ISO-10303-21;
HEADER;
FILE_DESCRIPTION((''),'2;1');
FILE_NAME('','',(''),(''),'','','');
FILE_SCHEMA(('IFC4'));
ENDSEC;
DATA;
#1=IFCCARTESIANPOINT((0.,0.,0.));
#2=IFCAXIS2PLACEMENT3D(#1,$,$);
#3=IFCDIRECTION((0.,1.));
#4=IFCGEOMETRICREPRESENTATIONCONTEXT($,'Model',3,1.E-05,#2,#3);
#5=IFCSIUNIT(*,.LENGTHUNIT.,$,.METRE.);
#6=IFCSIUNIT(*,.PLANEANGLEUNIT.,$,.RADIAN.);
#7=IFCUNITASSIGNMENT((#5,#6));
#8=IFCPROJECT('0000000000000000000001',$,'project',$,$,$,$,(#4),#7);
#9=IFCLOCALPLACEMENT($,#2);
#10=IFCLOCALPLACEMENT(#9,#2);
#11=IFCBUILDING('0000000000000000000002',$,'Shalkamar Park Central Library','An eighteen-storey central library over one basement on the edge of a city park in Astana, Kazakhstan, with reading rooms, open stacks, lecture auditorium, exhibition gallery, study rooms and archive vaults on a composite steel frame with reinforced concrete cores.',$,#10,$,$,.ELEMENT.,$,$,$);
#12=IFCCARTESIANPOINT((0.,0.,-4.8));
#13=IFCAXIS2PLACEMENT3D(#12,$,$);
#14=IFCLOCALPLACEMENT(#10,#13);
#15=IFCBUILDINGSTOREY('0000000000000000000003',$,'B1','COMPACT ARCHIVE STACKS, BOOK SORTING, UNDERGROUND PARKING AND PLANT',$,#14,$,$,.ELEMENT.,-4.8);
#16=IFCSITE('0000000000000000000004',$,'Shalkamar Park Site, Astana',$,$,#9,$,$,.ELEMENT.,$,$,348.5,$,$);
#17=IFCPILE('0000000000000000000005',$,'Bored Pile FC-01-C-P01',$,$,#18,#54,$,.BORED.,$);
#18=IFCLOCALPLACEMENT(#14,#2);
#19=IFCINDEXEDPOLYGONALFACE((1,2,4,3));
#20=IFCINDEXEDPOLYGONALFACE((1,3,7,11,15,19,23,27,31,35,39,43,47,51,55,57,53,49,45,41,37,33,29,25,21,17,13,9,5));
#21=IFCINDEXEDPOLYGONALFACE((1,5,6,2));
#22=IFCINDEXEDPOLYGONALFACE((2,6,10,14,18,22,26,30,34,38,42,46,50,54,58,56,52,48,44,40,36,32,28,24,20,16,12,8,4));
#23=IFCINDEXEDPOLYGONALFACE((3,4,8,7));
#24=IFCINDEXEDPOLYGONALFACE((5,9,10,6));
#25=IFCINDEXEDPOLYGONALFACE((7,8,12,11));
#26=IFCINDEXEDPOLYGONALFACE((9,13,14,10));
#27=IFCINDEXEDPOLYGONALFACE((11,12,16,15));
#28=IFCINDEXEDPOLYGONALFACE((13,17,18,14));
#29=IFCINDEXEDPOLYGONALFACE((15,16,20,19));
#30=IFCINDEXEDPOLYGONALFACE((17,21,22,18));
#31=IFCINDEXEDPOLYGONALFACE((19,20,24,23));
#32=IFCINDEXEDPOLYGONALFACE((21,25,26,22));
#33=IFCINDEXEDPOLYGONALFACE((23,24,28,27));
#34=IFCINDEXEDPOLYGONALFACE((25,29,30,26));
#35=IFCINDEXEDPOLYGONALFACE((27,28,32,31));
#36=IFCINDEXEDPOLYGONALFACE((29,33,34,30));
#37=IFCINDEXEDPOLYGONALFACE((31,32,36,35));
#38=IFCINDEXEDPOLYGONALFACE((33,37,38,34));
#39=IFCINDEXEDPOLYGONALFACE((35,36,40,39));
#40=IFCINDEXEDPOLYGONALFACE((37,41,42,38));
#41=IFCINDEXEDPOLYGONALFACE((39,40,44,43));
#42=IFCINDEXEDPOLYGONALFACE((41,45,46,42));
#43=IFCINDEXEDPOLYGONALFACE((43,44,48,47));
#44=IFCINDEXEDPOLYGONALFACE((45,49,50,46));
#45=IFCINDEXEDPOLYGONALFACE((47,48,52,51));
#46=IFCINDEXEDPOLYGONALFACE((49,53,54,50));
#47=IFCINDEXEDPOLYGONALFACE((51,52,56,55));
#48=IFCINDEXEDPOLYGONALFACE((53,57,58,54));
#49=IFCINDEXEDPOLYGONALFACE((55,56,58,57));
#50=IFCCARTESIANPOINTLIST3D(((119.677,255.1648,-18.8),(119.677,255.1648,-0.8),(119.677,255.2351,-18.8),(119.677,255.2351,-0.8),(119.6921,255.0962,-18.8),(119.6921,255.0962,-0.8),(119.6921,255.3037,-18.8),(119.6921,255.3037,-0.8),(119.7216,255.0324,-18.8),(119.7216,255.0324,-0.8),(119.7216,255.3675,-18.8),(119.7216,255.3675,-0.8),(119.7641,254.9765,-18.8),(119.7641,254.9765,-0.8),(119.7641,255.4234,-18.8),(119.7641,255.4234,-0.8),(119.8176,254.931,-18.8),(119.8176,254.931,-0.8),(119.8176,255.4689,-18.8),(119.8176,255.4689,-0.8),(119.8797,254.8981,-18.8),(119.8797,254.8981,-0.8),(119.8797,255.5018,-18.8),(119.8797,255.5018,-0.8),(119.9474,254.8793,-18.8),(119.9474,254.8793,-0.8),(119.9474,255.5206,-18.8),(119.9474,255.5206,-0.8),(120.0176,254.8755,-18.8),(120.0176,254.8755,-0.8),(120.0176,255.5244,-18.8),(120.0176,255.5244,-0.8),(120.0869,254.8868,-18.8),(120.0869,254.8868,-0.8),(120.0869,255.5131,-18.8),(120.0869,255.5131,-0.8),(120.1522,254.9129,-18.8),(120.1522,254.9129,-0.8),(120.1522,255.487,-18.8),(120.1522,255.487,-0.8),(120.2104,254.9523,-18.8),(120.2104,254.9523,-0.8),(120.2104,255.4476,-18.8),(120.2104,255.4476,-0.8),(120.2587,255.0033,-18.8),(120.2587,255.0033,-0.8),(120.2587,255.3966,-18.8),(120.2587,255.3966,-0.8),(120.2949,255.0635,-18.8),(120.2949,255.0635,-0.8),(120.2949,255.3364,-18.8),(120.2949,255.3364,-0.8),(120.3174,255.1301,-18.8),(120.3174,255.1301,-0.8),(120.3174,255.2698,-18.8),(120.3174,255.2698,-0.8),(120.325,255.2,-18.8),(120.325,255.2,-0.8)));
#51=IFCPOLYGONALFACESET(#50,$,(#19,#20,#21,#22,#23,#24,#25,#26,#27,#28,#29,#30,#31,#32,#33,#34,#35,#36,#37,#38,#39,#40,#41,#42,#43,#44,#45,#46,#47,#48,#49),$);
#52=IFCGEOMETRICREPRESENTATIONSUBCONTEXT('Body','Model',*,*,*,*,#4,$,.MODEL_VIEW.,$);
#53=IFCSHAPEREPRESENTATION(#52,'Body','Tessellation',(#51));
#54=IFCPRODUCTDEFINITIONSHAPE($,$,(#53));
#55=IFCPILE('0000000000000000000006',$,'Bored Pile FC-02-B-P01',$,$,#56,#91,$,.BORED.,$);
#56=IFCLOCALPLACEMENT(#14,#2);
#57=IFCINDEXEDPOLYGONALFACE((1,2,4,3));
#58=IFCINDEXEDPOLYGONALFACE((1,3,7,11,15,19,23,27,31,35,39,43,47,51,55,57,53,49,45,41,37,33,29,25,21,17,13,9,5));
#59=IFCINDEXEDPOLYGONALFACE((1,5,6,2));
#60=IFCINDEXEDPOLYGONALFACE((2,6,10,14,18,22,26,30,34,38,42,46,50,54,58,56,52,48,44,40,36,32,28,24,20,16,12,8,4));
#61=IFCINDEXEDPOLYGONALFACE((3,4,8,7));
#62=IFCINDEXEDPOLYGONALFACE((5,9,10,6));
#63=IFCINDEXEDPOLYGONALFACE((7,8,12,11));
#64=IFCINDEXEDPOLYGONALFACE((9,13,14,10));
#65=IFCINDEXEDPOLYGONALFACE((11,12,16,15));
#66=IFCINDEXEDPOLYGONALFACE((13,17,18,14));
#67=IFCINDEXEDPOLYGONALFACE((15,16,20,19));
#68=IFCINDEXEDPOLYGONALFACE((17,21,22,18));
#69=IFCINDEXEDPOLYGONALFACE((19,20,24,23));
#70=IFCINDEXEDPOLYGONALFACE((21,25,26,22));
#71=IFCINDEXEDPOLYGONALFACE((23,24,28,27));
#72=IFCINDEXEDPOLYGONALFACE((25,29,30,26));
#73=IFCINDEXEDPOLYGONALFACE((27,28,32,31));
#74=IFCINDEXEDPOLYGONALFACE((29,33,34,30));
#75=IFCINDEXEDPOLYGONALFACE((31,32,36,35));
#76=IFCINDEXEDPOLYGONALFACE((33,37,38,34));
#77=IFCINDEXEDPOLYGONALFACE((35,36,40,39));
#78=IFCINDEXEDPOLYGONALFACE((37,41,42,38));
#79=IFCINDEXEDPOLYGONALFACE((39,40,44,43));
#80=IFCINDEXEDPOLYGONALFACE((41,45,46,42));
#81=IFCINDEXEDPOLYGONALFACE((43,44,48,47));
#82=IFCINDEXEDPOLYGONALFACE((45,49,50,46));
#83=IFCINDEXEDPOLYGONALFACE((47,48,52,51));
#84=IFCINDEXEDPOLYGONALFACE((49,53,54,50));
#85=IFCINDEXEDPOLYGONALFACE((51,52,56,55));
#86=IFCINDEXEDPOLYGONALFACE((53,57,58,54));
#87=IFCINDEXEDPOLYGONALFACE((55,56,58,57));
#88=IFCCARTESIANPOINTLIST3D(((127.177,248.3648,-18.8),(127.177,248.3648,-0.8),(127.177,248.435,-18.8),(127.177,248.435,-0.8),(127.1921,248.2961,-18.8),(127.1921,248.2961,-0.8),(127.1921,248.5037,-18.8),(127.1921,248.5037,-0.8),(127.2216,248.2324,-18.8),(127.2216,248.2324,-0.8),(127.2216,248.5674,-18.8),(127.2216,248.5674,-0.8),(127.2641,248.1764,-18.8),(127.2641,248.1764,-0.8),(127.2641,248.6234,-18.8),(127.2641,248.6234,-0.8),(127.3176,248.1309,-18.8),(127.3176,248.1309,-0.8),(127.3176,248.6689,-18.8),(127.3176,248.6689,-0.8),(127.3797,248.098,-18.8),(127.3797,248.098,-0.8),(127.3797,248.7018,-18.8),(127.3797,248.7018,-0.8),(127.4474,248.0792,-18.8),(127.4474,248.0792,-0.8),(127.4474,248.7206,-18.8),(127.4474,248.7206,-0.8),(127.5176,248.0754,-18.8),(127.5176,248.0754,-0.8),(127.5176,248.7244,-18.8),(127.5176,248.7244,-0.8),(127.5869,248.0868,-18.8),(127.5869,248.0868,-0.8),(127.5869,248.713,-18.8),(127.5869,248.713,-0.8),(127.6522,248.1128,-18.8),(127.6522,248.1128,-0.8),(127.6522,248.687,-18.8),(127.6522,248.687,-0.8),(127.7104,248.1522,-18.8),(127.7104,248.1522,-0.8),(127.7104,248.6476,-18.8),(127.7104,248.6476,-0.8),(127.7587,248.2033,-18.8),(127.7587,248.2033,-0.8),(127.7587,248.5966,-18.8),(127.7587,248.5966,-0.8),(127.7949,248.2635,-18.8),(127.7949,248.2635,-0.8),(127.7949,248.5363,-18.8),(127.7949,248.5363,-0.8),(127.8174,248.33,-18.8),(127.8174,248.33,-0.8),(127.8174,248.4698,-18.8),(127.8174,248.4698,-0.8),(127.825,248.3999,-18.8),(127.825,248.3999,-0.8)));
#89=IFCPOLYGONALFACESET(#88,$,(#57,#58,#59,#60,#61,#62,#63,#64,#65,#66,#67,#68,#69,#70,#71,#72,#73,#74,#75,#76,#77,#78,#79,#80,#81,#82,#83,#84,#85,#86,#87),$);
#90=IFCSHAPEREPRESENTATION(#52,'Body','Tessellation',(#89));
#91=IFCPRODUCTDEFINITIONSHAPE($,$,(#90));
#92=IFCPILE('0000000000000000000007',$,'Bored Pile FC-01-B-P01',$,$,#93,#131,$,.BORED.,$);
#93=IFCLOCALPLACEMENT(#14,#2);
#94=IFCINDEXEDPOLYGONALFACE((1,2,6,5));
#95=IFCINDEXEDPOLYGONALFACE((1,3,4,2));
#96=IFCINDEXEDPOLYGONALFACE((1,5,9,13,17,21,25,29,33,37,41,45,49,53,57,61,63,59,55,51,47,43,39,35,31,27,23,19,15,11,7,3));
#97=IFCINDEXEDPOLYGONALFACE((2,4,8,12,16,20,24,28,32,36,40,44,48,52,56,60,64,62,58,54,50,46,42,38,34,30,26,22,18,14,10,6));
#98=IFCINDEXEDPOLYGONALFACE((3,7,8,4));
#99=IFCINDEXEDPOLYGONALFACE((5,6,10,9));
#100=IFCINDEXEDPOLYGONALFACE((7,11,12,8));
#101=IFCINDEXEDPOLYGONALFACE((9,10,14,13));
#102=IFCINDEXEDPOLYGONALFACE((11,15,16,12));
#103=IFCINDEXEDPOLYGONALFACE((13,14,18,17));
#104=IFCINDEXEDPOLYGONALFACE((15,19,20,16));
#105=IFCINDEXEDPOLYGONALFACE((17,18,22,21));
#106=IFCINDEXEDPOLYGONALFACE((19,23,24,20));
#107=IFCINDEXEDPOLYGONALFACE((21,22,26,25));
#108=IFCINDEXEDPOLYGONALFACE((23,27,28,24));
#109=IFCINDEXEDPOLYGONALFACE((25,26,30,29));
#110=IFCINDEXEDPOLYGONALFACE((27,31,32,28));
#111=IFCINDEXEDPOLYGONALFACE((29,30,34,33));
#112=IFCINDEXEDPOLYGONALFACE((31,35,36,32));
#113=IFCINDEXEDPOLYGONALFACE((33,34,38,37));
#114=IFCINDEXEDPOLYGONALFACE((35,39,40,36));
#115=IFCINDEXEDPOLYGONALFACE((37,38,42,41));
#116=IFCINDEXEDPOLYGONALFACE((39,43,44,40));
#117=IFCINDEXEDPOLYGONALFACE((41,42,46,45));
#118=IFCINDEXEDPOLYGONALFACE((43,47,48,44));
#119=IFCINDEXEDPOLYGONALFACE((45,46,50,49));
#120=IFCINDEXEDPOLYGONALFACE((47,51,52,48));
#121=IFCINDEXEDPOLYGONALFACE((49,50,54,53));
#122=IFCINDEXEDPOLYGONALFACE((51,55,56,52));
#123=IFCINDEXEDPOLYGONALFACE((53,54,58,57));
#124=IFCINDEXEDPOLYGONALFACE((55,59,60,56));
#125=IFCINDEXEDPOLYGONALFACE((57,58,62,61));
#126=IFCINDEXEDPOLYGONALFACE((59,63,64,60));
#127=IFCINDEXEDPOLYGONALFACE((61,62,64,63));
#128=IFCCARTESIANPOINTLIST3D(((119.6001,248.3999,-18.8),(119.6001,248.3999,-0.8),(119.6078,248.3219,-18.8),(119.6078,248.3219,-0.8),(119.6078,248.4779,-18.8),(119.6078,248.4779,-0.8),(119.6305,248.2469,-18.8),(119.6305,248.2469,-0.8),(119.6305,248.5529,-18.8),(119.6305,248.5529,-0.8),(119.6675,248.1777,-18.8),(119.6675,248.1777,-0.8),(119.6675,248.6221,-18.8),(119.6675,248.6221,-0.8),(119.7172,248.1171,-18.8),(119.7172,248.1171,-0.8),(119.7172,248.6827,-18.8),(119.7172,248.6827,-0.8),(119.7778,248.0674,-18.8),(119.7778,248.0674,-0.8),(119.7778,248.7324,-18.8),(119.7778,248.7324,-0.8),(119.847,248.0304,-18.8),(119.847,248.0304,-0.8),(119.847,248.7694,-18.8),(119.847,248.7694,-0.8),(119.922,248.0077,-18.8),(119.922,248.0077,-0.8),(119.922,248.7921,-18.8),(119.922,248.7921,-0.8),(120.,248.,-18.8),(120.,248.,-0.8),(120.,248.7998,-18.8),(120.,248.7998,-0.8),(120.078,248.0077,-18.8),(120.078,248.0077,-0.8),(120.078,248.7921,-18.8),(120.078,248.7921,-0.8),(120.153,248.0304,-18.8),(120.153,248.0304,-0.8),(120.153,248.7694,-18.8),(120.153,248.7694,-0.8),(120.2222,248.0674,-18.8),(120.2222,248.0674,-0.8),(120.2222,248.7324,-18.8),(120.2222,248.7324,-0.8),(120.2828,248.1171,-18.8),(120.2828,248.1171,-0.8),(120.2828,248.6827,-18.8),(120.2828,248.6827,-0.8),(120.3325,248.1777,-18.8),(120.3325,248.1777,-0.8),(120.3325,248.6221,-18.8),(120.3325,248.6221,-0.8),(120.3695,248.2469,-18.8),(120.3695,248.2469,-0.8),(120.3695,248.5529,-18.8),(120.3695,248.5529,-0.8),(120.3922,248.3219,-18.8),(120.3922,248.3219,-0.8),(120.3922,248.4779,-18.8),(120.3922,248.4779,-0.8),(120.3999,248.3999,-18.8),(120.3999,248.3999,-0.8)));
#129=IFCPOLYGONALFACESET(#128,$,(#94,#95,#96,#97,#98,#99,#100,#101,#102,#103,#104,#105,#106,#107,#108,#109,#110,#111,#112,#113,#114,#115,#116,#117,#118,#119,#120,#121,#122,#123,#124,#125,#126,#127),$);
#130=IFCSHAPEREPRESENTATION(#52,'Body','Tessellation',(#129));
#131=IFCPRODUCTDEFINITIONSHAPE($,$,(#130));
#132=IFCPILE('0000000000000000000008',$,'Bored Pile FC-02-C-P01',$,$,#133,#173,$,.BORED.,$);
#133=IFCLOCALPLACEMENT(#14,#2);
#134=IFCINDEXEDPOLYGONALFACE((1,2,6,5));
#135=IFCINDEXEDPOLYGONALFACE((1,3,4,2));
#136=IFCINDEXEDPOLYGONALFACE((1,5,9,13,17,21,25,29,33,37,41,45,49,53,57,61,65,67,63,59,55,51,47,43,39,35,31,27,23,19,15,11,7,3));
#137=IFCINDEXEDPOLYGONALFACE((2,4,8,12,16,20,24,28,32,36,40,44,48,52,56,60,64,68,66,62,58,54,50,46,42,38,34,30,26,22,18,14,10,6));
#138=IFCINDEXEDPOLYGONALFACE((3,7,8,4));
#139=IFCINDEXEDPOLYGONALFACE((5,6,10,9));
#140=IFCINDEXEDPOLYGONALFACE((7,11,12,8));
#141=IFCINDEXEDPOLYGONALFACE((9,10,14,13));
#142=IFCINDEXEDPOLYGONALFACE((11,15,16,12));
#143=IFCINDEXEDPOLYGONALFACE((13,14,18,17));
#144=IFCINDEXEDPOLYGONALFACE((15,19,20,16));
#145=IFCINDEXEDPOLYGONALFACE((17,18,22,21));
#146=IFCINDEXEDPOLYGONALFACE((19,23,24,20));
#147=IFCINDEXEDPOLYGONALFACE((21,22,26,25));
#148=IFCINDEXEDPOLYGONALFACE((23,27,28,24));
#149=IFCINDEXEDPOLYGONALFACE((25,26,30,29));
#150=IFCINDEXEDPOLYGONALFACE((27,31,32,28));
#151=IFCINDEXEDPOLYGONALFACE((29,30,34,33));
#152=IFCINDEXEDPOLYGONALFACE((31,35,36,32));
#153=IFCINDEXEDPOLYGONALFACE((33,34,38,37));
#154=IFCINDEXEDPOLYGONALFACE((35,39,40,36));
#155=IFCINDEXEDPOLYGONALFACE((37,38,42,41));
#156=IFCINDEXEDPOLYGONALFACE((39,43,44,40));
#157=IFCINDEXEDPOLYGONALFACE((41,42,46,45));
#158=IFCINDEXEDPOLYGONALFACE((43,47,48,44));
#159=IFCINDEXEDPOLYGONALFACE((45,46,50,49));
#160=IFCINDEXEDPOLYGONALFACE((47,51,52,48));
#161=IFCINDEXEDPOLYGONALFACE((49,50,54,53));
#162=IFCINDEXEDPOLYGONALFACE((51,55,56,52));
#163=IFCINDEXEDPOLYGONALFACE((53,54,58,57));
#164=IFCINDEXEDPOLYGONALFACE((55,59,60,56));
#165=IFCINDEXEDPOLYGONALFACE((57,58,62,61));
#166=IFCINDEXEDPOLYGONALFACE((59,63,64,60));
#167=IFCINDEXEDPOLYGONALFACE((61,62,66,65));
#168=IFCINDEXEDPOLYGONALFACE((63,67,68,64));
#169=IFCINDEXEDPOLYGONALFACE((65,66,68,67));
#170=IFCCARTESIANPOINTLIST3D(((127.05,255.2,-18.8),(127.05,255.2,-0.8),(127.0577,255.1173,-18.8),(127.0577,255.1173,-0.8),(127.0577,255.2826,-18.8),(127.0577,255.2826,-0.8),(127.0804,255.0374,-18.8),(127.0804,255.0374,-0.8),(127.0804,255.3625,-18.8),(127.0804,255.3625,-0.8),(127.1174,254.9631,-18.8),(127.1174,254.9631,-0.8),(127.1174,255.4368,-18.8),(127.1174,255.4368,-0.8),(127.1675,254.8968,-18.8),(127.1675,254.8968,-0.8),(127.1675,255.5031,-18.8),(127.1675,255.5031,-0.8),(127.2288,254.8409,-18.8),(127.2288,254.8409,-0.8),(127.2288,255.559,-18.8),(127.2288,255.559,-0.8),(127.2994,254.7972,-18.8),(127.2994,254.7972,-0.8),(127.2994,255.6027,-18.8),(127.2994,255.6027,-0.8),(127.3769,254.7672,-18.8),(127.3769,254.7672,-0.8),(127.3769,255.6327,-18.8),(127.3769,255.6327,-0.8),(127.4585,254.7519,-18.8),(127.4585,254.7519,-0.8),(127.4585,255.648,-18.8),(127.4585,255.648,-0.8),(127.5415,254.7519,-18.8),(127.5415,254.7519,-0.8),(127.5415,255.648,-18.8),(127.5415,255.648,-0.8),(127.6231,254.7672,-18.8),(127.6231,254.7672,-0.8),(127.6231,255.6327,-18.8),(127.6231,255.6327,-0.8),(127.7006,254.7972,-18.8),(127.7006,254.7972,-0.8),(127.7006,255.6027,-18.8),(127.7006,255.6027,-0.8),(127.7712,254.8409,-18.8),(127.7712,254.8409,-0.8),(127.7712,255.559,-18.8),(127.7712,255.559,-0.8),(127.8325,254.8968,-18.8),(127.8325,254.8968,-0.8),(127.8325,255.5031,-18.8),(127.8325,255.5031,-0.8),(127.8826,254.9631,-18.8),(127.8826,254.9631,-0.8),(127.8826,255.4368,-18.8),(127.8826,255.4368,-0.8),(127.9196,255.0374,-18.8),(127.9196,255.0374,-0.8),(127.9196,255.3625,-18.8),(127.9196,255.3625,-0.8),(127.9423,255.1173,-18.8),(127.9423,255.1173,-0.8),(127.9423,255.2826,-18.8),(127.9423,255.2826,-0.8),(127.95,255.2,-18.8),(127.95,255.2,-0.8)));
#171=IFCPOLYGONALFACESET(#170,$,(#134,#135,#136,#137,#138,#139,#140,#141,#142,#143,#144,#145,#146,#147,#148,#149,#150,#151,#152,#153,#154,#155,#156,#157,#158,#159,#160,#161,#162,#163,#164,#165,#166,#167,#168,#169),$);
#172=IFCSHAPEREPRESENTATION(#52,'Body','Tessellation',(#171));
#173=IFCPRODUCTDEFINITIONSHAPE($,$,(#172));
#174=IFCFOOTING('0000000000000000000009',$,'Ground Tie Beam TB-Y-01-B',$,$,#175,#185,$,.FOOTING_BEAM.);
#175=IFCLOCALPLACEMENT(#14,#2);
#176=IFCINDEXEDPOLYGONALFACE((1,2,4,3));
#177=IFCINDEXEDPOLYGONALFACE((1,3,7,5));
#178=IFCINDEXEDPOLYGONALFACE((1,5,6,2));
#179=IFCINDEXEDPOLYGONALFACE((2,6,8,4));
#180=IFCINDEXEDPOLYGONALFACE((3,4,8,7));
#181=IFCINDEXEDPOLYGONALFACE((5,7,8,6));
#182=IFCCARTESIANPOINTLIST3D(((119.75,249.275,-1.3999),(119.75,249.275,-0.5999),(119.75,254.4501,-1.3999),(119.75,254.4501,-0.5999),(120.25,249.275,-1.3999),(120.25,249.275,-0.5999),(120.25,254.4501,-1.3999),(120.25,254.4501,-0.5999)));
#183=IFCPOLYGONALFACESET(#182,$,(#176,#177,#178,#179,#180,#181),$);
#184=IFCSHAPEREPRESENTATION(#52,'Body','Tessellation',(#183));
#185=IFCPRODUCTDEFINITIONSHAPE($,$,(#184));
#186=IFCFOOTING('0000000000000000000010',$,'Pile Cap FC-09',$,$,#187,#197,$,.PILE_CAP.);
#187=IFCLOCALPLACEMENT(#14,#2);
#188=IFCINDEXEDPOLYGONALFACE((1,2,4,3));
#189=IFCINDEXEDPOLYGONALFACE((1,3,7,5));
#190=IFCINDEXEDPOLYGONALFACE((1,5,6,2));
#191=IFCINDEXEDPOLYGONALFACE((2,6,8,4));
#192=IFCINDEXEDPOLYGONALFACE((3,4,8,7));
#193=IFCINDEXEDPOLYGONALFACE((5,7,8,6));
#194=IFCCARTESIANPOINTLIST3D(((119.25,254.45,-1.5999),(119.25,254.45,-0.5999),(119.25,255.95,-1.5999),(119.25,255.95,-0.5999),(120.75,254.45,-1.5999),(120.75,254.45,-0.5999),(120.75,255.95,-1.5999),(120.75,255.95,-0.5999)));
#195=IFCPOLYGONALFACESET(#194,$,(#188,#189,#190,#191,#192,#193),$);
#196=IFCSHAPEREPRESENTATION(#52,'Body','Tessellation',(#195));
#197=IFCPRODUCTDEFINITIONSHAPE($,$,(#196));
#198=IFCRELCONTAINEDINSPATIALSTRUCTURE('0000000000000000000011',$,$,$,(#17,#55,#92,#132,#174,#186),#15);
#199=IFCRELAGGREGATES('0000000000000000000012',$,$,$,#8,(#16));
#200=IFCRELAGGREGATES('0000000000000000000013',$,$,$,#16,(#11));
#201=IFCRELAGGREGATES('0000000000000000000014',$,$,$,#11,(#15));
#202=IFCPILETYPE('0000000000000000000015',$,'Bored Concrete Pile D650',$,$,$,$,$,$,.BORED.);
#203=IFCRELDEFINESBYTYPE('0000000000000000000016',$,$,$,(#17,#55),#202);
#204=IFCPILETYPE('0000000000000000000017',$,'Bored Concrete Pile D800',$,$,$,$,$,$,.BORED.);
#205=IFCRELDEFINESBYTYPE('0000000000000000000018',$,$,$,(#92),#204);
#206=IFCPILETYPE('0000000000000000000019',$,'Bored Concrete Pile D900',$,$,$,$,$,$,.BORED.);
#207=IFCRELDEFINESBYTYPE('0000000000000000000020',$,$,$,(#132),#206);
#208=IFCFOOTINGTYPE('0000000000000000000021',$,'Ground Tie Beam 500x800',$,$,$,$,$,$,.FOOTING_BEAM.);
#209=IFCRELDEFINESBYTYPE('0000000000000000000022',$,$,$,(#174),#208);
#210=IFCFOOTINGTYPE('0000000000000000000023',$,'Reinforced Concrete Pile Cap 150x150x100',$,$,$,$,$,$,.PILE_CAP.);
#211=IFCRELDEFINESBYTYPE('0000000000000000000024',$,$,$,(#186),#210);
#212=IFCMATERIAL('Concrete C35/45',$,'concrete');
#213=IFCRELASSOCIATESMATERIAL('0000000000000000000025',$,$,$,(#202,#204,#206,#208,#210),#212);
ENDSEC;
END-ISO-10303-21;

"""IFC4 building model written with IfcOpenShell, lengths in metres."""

from ifc_helpers import new_model, si_unit, direction, frame, origin, origin_2d, place, context, subcontext, project, spatial, rectangle, circle, extrude, material, material_profile, profile_set, type_object, element, save


model = new_model("IFC4")

# Units and contexts
model_context = context("Model", 3, precision=1e-05, world=origin(), true_north=direction((0.0, 1.0)))
body_context = subcontext(model_context, "Body", "Model", "MODEL_VIEW")
ifc_project = project(units=[si_unit("LENGTHUNIT", "METRE"), si_unit("PLANEANGLEUNIT", "RADIAN")], contexts=[model_context])

# Site, building, storey
site_placement = place(None, origin())
site = spatial("IfcSite", under=ifc_project, at=site_placement, Name="Shalkamar Park Site, Astana", CompositionType="ELEMENT", RefElevation=348.5)
building_placement = place(site_placement, origin())
building = spatial("IfcBuilding", under=site, at=building_placement, Name="Shalkamar Park Central Library", Description="An eighteen-storey central library over one basement on the edge of a city park in Astana, Kazakhstan, with reading rooms, open stacks, lecture auditorium, exhibition gallery, study rooms and archive vaults on a composite steel frame with reinforced concrete cores.", CompositionType="ELEMENT")
storey_placement = place(building_placement, frame((0.0, 0.0, -4.8)))
storey = spatial("IfcBuildingStorey", under=building, at=storey_placement, Name="B1", Description="COMPACT ARCHIVE STACKS, BOOK SORTING, UNDERGROUND PARKING AND PLANT", CompositionType="ELEMENT", Elevation=-4.8)

# Piles
ifc_material_1 = material(Name="Concrete C35/45", Category="concrete")
ifc_material_profile_1 = material_profile(ifc_material_1, circle(Radius=0.325, at=origin_2d()), Name="PILE D650")
ifc_profile_set_1 = profile_set([ifc_material_profile_1], Name="Concrete C35/45")
pile_type_1 = type_object("IfcPileType", Name="Bored Concrete Pile D650", PredefinedType="BORED", material=ifc_profile_set_1)
for number, where, z_axis, x_axis, name in (
    (1, (120.0, 255.2, -0.8), (0.0, 0.0, -1.0), (1.0, 0.0, 0.0), "Bored Pile FC-01-C-P01"),
    (2, (127.5, 248.3999, -0.8), (0.0, 0.0, -1.0), (1.0, 0.0, 0.0), "Bored Pile FC-02-B-P01"),
):
    element("IfcPile", number, at=place(storey_placement, frame(where, z_axis=z_axis, x_axis=x_axis)), inside=storey, type_object=pile_type_1, Name=name, PredefinedType="BORED", context=body_context, shape_type="SweptSolid", body=[
        extrude(circle(Radius=0.325, at=origin_2d()), origin(), (0.0, 0.0, 1.0), 18.0),
    ])
ifc_material_profile_2 = material_profile(ifc_material_1, circle(Radius=0.3999, at=origin_2d()), Name="PILE D800")
ifc_profile_set_2 = profile_set([ifc_material_profile_2], Name="Concrete C35/45")
pile_type_2 = type_object("IfcPileType", Name="Bored Concrete Pile D800", PredefinedType="BORED", material=ifc_profile_set_2)
pile_1_placement = place(storey_placement, frame((120.0, 248.3999, -0.8), z_axis=(0.0, 0.0, -1.0), x_axis=(1.0, 0.0, 0.0)))
element("IfcPile", 3, at=pile_1_placement, inside=storey, type_object=pile_type_2, Name="Bored Pile FC-01-B-P01", PredefinedType="BORED", context=body_context, shape_type="SweptSolid", body=[
    extrude(circle(Radius=0.3999, at=origin_2d()), origin(), (0.0, 0.0, 1.0), 18.0),
])
ifc_material_profile_3 = material_profile(ifc_material_1, circle(Radius=0.45, at=origin_2d()), Name="PILE D900")
ifc_profile_set_3 = profile_set([ifc_material_profile_3], Name="Concrete C35/45")
pile_type_3 = type_object("IfcPileType", Name="Bored Concrete Pile D900", PredefinedType="BORED", material=ifc_profile_set_3)
pile_2_placement = place(storey_placement, frame((127.5, 255.2, -0.8), z_axis=(0.0, 0.0, -1.0), x_axis=(1.0, 0.0, 0.0)))
element("IfcPile", 4, at=pile_2_placement, inside=storey, type_object=pile_type_3, Name="Bored Pile FC-02-C-P01", PredefinedType="BORED", context=body_context, shape_type="SweptSolid", body=[
    extrude(circle(Radius=0.45, at=origin_2d()), origin(), (0.0, 0.0, 1.0), 18.0),
])

# Footings
footing_type_1 = type_object("IfcFootingType", Name="Ground Tie Beam 500x800", PredefinedType="FOOTING_BEAM", material=ifc_material_1)
footing_1_placement = place(storey_placement, frame((120.0, 251.8625, -1.3999), z_axis=(0.0, 0.0, 1.0), x_axis=(0.0, 1.0, 0.0)))
element("IfcFooting", 5, at=footing_1_placement, inside=storey, type_object=footing_type_1, Name="Ground Tie Beam TB-Y-01-B", PredefinedType="FOOTING_BEAM", context=body_context, shape_type="SweptSolid", body=[
    extrude(rectangle(XDim=5.175, YDim=0.5, at=origin_2d()), origin(), (0.0, 0.0, 1.0), 0.8),
])
footing_type_2 = type_object("IfcFootingType", Name="Reinforced Concrete Pile Cap 150x150x100", PredefinedType="PILE_CAP", material=ifc_material_1)
footing_2_placement = place(storey_placement, frame((120.0, 255.2, -1.5999), z_axis=(0.0, 0.0, 1.0), x_axis=(1.0, 0.0, 0.0)))
element("IfcFooting", 6, at=footing_2_placement, inside=storey, type_object=footing_type_2, Name="Pile Cap FC-09", PredefinedType="PILE_CAP", context=body_context, shape_type="SweptSolid", body=[
    extrude(rectangle(XDim=1.5, YDim=1.5, at=origin_2d()), origin(), (0.0, 0.0, 1.0), 1.0),
])

save(model, "model.ifc")
